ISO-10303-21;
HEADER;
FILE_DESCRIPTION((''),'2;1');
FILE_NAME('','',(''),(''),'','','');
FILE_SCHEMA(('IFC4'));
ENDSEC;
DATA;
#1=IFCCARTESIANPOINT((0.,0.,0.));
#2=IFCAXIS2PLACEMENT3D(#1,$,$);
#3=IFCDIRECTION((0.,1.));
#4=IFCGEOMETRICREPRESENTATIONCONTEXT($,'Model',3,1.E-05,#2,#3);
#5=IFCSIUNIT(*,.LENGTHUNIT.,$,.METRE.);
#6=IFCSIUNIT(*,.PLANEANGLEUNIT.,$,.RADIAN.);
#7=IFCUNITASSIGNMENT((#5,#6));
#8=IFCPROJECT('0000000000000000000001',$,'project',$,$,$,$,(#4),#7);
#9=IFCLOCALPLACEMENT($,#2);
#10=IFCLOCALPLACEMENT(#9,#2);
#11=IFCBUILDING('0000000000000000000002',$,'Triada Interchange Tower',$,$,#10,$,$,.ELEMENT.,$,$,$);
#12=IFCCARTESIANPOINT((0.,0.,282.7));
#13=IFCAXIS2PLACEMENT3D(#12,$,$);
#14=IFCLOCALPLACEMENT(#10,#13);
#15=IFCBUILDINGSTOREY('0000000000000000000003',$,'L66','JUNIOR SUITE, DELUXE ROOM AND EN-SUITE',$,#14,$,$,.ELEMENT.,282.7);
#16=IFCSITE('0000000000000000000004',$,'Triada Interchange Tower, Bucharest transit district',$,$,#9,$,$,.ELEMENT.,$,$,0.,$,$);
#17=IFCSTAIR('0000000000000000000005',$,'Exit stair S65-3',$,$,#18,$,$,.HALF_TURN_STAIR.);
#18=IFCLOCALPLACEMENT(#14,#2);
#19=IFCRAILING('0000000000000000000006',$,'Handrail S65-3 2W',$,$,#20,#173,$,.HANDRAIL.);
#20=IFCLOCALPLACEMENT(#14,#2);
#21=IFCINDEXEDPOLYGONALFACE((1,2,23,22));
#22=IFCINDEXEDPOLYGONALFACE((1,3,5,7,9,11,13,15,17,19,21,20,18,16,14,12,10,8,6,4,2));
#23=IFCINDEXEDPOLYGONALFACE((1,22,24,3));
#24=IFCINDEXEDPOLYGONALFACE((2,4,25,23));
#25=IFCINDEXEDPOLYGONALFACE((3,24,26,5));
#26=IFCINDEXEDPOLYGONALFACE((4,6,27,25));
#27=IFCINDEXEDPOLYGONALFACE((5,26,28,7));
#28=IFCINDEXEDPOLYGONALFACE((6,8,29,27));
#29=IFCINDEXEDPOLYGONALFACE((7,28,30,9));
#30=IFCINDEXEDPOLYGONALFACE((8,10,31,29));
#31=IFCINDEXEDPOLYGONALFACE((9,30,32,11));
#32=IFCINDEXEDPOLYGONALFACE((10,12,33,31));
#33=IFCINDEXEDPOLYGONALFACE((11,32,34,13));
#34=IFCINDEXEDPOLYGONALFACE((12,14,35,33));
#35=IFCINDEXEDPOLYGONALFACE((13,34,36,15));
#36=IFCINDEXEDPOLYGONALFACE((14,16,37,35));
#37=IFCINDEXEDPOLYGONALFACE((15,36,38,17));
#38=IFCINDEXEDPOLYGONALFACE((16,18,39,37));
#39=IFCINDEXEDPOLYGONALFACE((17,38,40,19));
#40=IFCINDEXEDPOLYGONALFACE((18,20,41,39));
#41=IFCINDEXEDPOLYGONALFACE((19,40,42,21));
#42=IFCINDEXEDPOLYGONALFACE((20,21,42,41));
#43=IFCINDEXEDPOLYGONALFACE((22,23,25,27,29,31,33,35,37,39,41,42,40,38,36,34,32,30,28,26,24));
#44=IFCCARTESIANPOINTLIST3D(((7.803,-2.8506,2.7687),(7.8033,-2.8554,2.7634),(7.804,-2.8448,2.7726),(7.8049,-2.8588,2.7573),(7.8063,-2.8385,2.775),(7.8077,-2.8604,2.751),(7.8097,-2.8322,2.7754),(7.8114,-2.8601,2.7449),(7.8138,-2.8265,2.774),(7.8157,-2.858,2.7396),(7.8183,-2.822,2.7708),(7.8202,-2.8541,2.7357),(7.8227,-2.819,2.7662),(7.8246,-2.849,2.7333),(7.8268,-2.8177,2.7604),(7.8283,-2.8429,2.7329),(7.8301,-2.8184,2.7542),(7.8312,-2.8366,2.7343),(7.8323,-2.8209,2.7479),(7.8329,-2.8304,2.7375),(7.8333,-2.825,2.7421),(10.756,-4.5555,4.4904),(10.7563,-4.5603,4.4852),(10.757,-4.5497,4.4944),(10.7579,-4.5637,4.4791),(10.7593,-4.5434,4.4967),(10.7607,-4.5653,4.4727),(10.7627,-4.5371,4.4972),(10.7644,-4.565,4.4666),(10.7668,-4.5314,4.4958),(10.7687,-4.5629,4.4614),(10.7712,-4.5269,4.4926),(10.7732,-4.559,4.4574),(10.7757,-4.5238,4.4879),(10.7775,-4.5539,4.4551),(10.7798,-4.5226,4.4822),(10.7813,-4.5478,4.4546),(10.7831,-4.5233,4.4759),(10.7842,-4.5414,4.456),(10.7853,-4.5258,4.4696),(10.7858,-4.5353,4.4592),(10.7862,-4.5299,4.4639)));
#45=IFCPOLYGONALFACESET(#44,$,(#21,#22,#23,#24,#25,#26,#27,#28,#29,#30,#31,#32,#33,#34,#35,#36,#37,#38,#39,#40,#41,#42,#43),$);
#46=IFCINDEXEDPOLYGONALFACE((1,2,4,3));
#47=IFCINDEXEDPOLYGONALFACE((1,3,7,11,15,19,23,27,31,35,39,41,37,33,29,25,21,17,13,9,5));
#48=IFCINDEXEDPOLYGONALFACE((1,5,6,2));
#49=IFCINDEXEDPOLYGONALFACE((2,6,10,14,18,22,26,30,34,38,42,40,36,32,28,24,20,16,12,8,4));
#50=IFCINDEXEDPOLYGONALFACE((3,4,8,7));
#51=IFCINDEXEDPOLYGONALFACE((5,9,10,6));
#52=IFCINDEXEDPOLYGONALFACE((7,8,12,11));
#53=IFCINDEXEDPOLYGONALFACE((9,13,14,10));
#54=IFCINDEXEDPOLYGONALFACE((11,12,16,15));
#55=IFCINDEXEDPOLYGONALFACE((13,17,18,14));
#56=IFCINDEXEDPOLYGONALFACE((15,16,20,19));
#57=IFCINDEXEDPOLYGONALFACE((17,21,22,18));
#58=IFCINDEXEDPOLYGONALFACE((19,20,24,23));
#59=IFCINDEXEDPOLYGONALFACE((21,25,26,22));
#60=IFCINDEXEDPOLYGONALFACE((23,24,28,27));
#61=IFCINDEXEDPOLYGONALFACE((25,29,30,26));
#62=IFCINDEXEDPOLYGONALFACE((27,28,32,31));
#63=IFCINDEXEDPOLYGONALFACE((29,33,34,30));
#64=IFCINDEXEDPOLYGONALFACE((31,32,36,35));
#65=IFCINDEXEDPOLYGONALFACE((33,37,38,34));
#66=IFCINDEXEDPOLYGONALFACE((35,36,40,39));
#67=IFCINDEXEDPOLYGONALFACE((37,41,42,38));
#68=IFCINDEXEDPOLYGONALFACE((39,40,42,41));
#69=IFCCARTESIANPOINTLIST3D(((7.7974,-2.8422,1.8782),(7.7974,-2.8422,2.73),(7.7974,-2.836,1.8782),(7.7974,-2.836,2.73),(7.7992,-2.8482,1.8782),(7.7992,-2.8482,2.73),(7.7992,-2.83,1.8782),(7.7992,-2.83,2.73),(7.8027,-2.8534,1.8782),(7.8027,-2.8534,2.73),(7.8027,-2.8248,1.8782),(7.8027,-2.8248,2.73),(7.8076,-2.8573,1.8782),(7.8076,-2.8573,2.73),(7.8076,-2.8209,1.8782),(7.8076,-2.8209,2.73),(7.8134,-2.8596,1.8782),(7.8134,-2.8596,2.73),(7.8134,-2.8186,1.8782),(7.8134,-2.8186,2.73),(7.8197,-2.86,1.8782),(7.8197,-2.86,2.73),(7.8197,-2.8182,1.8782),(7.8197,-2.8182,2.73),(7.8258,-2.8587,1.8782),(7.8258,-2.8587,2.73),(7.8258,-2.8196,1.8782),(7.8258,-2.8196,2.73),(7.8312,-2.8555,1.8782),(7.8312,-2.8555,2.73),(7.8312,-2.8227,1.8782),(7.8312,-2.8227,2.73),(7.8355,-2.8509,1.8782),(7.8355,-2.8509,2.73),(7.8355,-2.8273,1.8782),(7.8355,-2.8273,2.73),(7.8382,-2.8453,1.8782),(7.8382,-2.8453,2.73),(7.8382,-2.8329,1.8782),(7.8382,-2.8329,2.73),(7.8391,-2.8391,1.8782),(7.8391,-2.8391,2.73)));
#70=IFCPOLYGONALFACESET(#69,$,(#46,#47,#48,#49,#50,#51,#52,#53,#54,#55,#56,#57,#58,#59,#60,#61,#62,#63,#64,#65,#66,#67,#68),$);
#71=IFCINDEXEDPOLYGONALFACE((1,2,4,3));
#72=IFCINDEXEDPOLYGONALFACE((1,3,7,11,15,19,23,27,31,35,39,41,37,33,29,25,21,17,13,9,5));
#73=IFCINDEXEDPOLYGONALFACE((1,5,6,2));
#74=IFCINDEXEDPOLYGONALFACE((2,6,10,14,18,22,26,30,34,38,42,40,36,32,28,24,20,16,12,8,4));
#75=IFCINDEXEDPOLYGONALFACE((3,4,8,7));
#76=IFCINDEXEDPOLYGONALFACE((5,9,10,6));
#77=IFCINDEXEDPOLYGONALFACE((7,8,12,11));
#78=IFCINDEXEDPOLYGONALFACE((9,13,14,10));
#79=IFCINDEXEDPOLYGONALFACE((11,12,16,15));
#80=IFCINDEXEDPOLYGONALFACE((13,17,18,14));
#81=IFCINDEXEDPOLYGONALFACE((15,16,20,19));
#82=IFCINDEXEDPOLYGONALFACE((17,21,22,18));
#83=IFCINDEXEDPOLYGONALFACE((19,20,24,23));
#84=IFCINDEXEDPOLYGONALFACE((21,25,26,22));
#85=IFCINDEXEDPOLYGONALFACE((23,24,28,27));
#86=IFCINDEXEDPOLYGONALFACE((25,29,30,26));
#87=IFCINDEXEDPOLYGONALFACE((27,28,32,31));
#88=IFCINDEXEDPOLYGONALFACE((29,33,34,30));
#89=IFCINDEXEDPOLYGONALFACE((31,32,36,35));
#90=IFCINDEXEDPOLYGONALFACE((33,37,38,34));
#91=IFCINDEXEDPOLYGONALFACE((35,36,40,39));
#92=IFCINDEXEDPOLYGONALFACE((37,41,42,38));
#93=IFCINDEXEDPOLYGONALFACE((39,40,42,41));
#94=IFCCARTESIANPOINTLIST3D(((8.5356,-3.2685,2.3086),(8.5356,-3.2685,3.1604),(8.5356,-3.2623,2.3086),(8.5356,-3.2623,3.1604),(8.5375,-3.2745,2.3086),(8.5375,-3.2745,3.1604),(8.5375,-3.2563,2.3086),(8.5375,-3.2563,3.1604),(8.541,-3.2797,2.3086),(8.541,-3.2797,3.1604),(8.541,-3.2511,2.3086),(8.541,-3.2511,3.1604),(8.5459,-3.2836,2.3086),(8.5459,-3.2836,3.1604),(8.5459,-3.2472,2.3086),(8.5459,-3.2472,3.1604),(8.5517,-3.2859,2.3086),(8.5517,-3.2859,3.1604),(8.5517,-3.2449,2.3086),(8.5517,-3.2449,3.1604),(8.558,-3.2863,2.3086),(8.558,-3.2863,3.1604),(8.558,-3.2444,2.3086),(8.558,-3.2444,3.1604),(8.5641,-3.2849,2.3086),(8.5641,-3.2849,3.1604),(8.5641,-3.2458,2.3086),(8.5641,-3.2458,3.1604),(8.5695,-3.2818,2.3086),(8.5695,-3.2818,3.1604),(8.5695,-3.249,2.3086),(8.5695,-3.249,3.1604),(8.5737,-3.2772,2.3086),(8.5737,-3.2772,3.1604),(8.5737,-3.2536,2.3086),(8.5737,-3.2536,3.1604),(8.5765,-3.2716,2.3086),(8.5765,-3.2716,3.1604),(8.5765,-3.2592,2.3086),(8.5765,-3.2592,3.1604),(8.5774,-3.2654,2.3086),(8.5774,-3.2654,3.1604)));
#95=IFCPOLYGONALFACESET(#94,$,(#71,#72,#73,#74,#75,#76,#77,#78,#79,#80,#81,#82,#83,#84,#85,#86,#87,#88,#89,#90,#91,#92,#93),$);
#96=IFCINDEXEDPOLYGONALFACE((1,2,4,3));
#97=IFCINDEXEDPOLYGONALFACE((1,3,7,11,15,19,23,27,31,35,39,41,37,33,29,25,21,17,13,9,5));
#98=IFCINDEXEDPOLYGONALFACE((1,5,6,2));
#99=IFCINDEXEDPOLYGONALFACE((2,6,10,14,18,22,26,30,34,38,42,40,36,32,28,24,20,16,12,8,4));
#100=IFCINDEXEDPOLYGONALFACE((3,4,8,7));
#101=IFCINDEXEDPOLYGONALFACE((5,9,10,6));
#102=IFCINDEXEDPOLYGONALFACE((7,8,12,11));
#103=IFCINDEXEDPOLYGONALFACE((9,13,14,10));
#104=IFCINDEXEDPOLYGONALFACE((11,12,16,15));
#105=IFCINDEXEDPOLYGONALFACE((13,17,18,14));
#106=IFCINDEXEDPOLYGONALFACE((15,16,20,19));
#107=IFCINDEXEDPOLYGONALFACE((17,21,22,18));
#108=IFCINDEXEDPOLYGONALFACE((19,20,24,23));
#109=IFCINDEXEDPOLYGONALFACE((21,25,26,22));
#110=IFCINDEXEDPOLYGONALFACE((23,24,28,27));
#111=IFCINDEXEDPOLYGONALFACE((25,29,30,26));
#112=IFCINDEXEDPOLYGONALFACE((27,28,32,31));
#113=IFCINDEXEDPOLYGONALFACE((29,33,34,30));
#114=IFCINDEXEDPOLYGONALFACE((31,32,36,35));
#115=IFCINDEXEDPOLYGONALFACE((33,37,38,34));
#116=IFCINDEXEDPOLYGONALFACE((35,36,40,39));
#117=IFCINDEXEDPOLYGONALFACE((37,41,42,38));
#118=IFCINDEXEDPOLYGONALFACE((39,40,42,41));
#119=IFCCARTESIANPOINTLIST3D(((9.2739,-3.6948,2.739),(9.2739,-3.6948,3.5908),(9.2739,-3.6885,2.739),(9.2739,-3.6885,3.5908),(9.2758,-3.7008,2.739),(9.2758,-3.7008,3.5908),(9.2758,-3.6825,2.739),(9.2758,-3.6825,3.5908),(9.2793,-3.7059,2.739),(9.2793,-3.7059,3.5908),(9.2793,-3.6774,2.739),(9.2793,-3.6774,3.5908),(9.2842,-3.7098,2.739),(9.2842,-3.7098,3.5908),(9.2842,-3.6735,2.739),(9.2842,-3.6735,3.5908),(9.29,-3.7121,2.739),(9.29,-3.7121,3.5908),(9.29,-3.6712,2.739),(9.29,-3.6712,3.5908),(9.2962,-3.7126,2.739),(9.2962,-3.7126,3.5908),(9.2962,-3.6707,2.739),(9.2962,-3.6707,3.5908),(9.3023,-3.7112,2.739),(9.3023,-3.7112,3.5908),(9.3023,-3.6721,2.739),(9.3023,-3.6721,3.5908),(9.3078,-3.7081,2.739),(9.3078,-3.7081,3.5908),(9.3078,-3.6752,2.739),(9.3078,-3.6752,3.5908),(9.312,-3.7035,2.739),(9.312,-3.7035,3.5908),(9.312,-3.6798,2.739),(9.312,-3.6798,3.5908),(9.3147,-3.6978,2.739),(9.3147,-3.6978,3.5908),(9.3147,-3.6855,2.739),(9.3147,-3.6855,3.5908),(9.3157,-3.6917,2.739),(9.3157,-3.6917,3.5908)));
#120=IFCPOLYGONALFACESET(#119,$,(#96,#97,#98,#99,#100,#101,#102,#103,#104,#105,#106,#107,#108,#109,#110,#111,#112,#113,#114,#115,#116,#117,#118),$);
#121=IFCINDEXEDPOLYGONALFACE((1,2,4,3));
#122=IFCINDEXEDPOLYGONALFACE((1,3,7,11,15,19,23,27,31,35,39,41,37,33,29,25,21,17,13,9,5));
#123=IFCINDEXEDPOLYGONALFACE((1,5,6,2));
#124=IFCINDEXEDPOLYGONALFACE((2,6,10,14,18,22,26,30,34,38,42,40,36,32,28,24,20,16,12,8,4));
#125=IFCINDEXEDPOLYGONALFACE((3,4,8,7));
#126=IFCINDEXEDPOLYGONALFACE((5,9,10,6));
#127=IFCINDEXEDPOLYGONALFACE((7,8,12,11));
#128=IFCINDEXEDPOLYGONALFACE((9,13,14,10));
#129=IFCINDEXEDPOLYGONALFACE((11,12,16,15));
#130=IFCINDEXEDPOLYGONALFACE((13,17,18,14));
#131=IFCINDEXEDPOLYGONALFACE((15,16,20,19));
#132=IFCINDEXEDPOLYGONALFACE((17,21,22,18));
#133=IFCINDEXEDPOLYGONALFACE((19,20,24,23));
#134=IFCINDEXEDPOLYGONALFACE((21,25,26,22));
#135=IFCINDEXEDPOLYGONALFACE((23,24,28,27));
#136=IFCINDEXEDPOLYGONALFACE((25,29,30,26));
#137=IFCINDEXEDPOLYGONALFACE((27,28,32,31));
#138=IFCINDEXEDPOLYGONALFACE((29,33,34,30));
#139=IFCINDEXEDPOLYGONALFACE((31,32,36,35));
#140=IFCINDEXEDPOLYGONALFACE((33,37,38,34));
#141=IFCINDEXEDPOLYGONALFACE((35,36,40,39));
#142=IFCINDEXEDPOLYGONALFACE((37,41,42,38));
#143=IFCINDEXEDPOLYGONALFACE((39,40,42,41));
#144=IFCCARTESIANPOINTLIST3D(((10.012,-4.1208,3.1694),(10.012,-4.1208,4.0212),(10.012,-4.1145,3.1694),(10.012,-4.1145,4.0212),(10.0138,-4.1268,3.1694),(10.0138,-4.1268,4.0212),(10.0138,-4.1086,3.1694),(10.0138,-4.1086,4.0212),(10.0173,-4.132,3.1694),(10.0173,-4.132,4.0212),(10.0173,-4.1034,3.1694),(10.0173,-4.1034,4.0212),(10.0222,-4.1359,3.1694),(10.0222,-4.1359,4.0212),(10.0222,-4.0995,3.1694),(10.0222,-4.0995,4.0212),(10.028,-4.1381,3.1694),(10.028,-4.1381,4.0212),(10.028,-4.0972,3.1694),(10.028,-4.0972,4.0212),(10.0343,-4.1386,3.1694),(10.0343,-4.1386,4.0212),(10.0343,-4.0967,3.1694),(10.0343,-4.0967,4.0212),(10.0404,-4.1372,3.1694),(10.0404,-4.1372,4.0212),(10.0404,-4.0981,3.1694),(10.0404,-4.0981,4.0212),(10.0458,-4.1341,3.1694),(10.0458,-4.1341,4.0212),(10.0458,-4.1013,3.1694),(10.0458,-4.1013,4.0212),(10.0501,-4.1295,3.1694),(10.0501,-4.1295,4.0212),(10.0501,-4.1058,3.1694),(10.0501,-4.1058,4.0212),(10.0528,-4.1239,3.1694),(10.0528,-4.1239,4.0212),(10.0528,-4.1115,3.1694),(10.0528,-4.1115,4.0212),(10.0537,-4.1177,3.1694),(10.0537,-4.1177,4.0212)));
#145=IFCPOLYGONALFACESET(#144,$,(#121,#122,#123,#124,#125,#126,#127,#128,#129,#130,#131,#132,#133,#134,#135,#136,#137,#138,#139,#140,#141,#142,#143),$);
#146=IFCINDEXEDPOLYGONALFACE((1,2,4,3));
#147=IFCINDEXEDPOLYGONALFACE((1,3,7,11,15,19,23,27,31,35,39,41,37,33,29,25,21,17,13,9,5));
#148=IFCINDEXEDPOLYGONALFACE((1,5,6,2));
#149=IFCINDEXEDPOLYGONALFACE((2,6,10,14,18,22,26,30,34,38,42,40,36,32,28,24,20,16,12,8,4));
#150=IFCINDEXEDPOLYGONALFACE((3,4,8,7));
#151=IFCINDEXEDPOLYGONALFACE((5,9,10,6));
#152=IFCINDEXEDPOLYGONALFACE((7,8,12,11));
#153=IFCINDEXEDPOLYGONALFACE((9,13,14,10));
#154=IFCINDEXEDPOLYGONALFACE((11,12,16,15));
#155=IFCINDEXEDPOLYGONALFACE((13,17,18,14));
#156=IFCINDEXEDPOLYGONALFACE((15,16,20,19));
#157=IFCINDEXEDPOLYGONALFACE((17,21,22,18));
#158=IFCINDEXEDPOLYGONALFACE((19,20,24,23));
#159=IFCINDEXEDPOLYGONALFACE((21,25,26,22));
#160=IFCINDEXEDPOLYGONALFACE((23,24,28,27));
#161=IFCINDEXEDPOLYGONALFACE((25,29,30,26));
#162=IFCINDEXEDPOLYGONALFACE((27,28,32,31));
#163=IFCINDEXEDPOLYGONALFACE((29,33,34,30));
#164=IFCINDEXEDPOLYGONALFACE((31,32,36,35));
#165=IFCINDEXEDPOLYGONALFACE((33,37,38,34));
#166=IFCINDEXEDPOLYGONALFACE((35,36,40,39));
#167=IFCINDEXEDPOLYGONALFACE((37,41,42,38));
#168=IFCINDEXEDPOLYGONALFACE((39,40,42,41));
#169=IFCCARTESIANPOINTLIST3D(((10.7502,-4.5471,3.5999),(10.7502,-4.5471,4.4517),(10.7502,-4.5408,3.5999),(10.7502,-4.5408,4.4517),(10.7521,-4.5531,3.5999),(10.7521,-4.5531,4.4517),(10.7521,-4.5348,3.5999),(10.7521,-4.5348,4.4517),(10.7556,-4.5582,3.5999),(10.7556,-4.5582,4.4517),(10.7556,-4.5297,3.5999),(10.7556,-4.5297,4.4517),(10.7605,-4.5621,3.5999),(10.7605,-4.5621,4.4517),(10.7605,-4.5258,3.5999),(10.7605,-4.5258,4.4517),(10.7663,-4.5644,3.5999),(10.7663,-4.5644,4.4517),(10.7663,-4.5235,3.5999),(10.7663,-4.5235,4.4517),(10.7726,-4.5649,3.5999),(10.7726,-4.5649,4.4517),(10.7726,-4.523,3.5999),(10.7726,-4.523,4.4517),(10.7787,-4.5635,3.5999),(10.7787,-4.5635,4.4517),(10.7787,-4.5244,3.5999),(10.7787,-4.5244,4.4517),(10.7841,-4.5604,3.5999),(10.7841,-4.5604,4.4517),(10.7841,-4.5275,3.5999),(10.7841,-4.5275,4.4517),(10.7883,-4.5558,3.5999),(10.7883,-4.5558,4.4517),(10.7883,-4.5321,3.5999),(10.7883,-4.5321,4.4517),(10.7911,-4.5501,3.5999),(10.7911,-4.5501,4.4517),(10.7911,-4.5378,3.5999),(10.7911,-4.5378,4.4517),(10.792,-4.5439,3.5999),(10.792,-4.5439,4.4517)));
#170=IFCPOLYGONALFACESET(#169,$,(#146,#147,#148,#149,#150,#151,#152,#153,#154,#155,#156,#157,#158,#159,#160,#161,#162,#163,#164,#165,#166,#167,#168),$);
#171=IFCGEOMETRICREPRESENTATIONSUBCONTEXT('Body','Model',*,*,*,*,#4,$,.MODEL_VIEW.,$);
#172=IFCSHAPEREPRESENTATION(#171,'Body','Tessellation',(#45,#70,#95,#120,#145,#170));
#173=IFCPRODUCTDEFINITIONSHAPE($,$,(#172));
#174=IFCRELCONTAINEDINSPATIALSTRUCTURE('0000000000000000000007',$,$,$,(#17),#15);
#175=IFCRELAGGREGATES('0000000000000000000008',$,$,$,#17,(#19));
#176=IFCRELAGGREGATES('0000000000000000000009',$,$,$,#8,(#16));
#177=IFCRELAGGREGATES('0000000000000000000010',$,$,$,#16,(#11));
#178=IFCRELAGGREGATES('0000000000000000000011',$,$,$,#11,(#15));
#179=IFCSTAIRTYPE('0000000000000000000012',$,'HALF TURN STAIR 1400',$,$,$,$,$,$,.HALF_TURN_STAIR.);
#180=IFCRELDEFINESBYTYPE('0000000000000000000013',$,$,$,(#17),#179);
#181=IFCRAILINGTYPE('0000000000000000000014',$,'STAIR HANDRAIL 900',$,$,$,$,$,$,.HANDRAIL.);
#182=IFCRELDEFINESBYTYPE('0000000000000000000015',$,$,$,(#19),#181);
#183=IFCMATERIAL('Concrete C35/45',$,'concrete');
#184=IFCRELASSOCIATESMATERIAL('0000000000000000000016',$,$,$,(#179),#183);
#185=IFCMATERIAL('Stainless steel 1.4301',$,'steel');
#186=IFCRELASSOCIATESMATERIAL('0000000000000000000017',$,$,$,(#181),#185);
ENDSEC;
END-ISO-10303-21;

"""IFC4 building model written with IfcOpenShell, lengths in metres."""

from ifc_helpers import new_model, si_unit, direction, frame, origin, origin_2d, place, context, subcontext, project, spatial, circle, extrude, material, type_object, element, aggregate, save


model = new_model("IFC4")

# Units and contexts
model_context = context("Model", 3, precision=1e-05, world=origin(), true_north=direction((0.0, 1.0)))
body_context = subcontext(model_context, "Body", "Model", "MODEL_VIEW")
ifc_project = project(units=[si_unit("LENGTHUNIT", "METRE"), si_unit("PLANEANGLEUNIT", "RADIAN")], contexts=[model_context])

# Site, building, storey
site_placement = place(None, origin())
site = spatial("IfcSite", under=ifc_project, at=site_placement, Name="Triada Interchange Tower, Bucharest transit district", CompositionType="ELEMENT", RefElevation=0.0)
building_placement = place(site_placement, origin())
building = spatial("IfcBuilding", under=site, at=building_placement, Name="Triada Interchange Tower", CompositionType="ELEMENT")
storey_placement = place(building_placement, frame((0.0, 0.0, 282.7)))
storey = spatial("IfcBuildingStorey", under=building, at=storey_placement, Name="L66", Description="JUNIOR SUITE, DELUXE ROOM AND EN-SUITE", CompositionType="ELEMENT", Elevation=282.7)

# Stair, railing
ifc_material_1 = material(Name="Concrete C35/45", Category="concrete")
stair_type = type_object("IfcStairType", Name="HALF TURN STAIR 1400", PredefinedType="HALF_TURN_STAIR", material=ifc_material_1)
stair_placement = place(storey_placement, origin())
stair = element("IfcStair", 1, at=stair_placement, inside=storey, type_object=stair_type, Name="Exit stair S65-3", PredefinedType="HALF_TURN_STAIR")
ifc_material_2 = material(Name="Stainless steel 1.4301", Category="steel")
railing_type = type_object("IfcRailingType", Name="STAIR HANDRAIL 900", PredefinedType="HANDRAIL", material=ifc_material_2)
railing_1_placement = place(storey_placement, frame((7.8181, -2.8391, 1.8782)))
railing_1 = element("IfcRailing", 2, at=railing_1_placement, type_object=railing_type, Name="Handrail S65-3 2W", PredefinedType="HANDRAIL", context=body_context, shape_type="SweptSolid", body=[
    extrude(circle(Radius=0.0239, at=origin_2d()), frame((0.0, 0.0, 0.876), z_axis=(0.773065, -0.446326, 0.450736), x_axis=(0.499997, 0.866027, 0.0)), (0.0, 0.0, 1.0), 3.8198),
    extrude(circle(Radius=0.021, at=origin_2d()), origin(), (0.0, 0.0, 1.0), 0.8518),
    extrude(circle(Radius=0.021, at=origin_2d()), frame((0.7383, -0.4263, 0.4304)), (0.0, 0.0, 1.0), 0.8518),
    extrude(circle(Radius=0.021, at=origin_2d()), frame((1.4766, -0.8525, 0.8608)), (0.0, 0.0, 1.0), 0.8518),
    extrude(circle(Radius=0.021, at=origin_2d()), frame((2.2146, -1.2786, 1.2913)), (0.0, 0.0, 1.0), 0.8518),
    extrude(circle(Radius=0.021, at=origin_2d()), frame((2.9529, -1.7048, 1.7217)), (0.0, 0.0, 1.0), 0.8518),
])
aggregate(stair, [railing_1])

save(model, "model.ifc")
